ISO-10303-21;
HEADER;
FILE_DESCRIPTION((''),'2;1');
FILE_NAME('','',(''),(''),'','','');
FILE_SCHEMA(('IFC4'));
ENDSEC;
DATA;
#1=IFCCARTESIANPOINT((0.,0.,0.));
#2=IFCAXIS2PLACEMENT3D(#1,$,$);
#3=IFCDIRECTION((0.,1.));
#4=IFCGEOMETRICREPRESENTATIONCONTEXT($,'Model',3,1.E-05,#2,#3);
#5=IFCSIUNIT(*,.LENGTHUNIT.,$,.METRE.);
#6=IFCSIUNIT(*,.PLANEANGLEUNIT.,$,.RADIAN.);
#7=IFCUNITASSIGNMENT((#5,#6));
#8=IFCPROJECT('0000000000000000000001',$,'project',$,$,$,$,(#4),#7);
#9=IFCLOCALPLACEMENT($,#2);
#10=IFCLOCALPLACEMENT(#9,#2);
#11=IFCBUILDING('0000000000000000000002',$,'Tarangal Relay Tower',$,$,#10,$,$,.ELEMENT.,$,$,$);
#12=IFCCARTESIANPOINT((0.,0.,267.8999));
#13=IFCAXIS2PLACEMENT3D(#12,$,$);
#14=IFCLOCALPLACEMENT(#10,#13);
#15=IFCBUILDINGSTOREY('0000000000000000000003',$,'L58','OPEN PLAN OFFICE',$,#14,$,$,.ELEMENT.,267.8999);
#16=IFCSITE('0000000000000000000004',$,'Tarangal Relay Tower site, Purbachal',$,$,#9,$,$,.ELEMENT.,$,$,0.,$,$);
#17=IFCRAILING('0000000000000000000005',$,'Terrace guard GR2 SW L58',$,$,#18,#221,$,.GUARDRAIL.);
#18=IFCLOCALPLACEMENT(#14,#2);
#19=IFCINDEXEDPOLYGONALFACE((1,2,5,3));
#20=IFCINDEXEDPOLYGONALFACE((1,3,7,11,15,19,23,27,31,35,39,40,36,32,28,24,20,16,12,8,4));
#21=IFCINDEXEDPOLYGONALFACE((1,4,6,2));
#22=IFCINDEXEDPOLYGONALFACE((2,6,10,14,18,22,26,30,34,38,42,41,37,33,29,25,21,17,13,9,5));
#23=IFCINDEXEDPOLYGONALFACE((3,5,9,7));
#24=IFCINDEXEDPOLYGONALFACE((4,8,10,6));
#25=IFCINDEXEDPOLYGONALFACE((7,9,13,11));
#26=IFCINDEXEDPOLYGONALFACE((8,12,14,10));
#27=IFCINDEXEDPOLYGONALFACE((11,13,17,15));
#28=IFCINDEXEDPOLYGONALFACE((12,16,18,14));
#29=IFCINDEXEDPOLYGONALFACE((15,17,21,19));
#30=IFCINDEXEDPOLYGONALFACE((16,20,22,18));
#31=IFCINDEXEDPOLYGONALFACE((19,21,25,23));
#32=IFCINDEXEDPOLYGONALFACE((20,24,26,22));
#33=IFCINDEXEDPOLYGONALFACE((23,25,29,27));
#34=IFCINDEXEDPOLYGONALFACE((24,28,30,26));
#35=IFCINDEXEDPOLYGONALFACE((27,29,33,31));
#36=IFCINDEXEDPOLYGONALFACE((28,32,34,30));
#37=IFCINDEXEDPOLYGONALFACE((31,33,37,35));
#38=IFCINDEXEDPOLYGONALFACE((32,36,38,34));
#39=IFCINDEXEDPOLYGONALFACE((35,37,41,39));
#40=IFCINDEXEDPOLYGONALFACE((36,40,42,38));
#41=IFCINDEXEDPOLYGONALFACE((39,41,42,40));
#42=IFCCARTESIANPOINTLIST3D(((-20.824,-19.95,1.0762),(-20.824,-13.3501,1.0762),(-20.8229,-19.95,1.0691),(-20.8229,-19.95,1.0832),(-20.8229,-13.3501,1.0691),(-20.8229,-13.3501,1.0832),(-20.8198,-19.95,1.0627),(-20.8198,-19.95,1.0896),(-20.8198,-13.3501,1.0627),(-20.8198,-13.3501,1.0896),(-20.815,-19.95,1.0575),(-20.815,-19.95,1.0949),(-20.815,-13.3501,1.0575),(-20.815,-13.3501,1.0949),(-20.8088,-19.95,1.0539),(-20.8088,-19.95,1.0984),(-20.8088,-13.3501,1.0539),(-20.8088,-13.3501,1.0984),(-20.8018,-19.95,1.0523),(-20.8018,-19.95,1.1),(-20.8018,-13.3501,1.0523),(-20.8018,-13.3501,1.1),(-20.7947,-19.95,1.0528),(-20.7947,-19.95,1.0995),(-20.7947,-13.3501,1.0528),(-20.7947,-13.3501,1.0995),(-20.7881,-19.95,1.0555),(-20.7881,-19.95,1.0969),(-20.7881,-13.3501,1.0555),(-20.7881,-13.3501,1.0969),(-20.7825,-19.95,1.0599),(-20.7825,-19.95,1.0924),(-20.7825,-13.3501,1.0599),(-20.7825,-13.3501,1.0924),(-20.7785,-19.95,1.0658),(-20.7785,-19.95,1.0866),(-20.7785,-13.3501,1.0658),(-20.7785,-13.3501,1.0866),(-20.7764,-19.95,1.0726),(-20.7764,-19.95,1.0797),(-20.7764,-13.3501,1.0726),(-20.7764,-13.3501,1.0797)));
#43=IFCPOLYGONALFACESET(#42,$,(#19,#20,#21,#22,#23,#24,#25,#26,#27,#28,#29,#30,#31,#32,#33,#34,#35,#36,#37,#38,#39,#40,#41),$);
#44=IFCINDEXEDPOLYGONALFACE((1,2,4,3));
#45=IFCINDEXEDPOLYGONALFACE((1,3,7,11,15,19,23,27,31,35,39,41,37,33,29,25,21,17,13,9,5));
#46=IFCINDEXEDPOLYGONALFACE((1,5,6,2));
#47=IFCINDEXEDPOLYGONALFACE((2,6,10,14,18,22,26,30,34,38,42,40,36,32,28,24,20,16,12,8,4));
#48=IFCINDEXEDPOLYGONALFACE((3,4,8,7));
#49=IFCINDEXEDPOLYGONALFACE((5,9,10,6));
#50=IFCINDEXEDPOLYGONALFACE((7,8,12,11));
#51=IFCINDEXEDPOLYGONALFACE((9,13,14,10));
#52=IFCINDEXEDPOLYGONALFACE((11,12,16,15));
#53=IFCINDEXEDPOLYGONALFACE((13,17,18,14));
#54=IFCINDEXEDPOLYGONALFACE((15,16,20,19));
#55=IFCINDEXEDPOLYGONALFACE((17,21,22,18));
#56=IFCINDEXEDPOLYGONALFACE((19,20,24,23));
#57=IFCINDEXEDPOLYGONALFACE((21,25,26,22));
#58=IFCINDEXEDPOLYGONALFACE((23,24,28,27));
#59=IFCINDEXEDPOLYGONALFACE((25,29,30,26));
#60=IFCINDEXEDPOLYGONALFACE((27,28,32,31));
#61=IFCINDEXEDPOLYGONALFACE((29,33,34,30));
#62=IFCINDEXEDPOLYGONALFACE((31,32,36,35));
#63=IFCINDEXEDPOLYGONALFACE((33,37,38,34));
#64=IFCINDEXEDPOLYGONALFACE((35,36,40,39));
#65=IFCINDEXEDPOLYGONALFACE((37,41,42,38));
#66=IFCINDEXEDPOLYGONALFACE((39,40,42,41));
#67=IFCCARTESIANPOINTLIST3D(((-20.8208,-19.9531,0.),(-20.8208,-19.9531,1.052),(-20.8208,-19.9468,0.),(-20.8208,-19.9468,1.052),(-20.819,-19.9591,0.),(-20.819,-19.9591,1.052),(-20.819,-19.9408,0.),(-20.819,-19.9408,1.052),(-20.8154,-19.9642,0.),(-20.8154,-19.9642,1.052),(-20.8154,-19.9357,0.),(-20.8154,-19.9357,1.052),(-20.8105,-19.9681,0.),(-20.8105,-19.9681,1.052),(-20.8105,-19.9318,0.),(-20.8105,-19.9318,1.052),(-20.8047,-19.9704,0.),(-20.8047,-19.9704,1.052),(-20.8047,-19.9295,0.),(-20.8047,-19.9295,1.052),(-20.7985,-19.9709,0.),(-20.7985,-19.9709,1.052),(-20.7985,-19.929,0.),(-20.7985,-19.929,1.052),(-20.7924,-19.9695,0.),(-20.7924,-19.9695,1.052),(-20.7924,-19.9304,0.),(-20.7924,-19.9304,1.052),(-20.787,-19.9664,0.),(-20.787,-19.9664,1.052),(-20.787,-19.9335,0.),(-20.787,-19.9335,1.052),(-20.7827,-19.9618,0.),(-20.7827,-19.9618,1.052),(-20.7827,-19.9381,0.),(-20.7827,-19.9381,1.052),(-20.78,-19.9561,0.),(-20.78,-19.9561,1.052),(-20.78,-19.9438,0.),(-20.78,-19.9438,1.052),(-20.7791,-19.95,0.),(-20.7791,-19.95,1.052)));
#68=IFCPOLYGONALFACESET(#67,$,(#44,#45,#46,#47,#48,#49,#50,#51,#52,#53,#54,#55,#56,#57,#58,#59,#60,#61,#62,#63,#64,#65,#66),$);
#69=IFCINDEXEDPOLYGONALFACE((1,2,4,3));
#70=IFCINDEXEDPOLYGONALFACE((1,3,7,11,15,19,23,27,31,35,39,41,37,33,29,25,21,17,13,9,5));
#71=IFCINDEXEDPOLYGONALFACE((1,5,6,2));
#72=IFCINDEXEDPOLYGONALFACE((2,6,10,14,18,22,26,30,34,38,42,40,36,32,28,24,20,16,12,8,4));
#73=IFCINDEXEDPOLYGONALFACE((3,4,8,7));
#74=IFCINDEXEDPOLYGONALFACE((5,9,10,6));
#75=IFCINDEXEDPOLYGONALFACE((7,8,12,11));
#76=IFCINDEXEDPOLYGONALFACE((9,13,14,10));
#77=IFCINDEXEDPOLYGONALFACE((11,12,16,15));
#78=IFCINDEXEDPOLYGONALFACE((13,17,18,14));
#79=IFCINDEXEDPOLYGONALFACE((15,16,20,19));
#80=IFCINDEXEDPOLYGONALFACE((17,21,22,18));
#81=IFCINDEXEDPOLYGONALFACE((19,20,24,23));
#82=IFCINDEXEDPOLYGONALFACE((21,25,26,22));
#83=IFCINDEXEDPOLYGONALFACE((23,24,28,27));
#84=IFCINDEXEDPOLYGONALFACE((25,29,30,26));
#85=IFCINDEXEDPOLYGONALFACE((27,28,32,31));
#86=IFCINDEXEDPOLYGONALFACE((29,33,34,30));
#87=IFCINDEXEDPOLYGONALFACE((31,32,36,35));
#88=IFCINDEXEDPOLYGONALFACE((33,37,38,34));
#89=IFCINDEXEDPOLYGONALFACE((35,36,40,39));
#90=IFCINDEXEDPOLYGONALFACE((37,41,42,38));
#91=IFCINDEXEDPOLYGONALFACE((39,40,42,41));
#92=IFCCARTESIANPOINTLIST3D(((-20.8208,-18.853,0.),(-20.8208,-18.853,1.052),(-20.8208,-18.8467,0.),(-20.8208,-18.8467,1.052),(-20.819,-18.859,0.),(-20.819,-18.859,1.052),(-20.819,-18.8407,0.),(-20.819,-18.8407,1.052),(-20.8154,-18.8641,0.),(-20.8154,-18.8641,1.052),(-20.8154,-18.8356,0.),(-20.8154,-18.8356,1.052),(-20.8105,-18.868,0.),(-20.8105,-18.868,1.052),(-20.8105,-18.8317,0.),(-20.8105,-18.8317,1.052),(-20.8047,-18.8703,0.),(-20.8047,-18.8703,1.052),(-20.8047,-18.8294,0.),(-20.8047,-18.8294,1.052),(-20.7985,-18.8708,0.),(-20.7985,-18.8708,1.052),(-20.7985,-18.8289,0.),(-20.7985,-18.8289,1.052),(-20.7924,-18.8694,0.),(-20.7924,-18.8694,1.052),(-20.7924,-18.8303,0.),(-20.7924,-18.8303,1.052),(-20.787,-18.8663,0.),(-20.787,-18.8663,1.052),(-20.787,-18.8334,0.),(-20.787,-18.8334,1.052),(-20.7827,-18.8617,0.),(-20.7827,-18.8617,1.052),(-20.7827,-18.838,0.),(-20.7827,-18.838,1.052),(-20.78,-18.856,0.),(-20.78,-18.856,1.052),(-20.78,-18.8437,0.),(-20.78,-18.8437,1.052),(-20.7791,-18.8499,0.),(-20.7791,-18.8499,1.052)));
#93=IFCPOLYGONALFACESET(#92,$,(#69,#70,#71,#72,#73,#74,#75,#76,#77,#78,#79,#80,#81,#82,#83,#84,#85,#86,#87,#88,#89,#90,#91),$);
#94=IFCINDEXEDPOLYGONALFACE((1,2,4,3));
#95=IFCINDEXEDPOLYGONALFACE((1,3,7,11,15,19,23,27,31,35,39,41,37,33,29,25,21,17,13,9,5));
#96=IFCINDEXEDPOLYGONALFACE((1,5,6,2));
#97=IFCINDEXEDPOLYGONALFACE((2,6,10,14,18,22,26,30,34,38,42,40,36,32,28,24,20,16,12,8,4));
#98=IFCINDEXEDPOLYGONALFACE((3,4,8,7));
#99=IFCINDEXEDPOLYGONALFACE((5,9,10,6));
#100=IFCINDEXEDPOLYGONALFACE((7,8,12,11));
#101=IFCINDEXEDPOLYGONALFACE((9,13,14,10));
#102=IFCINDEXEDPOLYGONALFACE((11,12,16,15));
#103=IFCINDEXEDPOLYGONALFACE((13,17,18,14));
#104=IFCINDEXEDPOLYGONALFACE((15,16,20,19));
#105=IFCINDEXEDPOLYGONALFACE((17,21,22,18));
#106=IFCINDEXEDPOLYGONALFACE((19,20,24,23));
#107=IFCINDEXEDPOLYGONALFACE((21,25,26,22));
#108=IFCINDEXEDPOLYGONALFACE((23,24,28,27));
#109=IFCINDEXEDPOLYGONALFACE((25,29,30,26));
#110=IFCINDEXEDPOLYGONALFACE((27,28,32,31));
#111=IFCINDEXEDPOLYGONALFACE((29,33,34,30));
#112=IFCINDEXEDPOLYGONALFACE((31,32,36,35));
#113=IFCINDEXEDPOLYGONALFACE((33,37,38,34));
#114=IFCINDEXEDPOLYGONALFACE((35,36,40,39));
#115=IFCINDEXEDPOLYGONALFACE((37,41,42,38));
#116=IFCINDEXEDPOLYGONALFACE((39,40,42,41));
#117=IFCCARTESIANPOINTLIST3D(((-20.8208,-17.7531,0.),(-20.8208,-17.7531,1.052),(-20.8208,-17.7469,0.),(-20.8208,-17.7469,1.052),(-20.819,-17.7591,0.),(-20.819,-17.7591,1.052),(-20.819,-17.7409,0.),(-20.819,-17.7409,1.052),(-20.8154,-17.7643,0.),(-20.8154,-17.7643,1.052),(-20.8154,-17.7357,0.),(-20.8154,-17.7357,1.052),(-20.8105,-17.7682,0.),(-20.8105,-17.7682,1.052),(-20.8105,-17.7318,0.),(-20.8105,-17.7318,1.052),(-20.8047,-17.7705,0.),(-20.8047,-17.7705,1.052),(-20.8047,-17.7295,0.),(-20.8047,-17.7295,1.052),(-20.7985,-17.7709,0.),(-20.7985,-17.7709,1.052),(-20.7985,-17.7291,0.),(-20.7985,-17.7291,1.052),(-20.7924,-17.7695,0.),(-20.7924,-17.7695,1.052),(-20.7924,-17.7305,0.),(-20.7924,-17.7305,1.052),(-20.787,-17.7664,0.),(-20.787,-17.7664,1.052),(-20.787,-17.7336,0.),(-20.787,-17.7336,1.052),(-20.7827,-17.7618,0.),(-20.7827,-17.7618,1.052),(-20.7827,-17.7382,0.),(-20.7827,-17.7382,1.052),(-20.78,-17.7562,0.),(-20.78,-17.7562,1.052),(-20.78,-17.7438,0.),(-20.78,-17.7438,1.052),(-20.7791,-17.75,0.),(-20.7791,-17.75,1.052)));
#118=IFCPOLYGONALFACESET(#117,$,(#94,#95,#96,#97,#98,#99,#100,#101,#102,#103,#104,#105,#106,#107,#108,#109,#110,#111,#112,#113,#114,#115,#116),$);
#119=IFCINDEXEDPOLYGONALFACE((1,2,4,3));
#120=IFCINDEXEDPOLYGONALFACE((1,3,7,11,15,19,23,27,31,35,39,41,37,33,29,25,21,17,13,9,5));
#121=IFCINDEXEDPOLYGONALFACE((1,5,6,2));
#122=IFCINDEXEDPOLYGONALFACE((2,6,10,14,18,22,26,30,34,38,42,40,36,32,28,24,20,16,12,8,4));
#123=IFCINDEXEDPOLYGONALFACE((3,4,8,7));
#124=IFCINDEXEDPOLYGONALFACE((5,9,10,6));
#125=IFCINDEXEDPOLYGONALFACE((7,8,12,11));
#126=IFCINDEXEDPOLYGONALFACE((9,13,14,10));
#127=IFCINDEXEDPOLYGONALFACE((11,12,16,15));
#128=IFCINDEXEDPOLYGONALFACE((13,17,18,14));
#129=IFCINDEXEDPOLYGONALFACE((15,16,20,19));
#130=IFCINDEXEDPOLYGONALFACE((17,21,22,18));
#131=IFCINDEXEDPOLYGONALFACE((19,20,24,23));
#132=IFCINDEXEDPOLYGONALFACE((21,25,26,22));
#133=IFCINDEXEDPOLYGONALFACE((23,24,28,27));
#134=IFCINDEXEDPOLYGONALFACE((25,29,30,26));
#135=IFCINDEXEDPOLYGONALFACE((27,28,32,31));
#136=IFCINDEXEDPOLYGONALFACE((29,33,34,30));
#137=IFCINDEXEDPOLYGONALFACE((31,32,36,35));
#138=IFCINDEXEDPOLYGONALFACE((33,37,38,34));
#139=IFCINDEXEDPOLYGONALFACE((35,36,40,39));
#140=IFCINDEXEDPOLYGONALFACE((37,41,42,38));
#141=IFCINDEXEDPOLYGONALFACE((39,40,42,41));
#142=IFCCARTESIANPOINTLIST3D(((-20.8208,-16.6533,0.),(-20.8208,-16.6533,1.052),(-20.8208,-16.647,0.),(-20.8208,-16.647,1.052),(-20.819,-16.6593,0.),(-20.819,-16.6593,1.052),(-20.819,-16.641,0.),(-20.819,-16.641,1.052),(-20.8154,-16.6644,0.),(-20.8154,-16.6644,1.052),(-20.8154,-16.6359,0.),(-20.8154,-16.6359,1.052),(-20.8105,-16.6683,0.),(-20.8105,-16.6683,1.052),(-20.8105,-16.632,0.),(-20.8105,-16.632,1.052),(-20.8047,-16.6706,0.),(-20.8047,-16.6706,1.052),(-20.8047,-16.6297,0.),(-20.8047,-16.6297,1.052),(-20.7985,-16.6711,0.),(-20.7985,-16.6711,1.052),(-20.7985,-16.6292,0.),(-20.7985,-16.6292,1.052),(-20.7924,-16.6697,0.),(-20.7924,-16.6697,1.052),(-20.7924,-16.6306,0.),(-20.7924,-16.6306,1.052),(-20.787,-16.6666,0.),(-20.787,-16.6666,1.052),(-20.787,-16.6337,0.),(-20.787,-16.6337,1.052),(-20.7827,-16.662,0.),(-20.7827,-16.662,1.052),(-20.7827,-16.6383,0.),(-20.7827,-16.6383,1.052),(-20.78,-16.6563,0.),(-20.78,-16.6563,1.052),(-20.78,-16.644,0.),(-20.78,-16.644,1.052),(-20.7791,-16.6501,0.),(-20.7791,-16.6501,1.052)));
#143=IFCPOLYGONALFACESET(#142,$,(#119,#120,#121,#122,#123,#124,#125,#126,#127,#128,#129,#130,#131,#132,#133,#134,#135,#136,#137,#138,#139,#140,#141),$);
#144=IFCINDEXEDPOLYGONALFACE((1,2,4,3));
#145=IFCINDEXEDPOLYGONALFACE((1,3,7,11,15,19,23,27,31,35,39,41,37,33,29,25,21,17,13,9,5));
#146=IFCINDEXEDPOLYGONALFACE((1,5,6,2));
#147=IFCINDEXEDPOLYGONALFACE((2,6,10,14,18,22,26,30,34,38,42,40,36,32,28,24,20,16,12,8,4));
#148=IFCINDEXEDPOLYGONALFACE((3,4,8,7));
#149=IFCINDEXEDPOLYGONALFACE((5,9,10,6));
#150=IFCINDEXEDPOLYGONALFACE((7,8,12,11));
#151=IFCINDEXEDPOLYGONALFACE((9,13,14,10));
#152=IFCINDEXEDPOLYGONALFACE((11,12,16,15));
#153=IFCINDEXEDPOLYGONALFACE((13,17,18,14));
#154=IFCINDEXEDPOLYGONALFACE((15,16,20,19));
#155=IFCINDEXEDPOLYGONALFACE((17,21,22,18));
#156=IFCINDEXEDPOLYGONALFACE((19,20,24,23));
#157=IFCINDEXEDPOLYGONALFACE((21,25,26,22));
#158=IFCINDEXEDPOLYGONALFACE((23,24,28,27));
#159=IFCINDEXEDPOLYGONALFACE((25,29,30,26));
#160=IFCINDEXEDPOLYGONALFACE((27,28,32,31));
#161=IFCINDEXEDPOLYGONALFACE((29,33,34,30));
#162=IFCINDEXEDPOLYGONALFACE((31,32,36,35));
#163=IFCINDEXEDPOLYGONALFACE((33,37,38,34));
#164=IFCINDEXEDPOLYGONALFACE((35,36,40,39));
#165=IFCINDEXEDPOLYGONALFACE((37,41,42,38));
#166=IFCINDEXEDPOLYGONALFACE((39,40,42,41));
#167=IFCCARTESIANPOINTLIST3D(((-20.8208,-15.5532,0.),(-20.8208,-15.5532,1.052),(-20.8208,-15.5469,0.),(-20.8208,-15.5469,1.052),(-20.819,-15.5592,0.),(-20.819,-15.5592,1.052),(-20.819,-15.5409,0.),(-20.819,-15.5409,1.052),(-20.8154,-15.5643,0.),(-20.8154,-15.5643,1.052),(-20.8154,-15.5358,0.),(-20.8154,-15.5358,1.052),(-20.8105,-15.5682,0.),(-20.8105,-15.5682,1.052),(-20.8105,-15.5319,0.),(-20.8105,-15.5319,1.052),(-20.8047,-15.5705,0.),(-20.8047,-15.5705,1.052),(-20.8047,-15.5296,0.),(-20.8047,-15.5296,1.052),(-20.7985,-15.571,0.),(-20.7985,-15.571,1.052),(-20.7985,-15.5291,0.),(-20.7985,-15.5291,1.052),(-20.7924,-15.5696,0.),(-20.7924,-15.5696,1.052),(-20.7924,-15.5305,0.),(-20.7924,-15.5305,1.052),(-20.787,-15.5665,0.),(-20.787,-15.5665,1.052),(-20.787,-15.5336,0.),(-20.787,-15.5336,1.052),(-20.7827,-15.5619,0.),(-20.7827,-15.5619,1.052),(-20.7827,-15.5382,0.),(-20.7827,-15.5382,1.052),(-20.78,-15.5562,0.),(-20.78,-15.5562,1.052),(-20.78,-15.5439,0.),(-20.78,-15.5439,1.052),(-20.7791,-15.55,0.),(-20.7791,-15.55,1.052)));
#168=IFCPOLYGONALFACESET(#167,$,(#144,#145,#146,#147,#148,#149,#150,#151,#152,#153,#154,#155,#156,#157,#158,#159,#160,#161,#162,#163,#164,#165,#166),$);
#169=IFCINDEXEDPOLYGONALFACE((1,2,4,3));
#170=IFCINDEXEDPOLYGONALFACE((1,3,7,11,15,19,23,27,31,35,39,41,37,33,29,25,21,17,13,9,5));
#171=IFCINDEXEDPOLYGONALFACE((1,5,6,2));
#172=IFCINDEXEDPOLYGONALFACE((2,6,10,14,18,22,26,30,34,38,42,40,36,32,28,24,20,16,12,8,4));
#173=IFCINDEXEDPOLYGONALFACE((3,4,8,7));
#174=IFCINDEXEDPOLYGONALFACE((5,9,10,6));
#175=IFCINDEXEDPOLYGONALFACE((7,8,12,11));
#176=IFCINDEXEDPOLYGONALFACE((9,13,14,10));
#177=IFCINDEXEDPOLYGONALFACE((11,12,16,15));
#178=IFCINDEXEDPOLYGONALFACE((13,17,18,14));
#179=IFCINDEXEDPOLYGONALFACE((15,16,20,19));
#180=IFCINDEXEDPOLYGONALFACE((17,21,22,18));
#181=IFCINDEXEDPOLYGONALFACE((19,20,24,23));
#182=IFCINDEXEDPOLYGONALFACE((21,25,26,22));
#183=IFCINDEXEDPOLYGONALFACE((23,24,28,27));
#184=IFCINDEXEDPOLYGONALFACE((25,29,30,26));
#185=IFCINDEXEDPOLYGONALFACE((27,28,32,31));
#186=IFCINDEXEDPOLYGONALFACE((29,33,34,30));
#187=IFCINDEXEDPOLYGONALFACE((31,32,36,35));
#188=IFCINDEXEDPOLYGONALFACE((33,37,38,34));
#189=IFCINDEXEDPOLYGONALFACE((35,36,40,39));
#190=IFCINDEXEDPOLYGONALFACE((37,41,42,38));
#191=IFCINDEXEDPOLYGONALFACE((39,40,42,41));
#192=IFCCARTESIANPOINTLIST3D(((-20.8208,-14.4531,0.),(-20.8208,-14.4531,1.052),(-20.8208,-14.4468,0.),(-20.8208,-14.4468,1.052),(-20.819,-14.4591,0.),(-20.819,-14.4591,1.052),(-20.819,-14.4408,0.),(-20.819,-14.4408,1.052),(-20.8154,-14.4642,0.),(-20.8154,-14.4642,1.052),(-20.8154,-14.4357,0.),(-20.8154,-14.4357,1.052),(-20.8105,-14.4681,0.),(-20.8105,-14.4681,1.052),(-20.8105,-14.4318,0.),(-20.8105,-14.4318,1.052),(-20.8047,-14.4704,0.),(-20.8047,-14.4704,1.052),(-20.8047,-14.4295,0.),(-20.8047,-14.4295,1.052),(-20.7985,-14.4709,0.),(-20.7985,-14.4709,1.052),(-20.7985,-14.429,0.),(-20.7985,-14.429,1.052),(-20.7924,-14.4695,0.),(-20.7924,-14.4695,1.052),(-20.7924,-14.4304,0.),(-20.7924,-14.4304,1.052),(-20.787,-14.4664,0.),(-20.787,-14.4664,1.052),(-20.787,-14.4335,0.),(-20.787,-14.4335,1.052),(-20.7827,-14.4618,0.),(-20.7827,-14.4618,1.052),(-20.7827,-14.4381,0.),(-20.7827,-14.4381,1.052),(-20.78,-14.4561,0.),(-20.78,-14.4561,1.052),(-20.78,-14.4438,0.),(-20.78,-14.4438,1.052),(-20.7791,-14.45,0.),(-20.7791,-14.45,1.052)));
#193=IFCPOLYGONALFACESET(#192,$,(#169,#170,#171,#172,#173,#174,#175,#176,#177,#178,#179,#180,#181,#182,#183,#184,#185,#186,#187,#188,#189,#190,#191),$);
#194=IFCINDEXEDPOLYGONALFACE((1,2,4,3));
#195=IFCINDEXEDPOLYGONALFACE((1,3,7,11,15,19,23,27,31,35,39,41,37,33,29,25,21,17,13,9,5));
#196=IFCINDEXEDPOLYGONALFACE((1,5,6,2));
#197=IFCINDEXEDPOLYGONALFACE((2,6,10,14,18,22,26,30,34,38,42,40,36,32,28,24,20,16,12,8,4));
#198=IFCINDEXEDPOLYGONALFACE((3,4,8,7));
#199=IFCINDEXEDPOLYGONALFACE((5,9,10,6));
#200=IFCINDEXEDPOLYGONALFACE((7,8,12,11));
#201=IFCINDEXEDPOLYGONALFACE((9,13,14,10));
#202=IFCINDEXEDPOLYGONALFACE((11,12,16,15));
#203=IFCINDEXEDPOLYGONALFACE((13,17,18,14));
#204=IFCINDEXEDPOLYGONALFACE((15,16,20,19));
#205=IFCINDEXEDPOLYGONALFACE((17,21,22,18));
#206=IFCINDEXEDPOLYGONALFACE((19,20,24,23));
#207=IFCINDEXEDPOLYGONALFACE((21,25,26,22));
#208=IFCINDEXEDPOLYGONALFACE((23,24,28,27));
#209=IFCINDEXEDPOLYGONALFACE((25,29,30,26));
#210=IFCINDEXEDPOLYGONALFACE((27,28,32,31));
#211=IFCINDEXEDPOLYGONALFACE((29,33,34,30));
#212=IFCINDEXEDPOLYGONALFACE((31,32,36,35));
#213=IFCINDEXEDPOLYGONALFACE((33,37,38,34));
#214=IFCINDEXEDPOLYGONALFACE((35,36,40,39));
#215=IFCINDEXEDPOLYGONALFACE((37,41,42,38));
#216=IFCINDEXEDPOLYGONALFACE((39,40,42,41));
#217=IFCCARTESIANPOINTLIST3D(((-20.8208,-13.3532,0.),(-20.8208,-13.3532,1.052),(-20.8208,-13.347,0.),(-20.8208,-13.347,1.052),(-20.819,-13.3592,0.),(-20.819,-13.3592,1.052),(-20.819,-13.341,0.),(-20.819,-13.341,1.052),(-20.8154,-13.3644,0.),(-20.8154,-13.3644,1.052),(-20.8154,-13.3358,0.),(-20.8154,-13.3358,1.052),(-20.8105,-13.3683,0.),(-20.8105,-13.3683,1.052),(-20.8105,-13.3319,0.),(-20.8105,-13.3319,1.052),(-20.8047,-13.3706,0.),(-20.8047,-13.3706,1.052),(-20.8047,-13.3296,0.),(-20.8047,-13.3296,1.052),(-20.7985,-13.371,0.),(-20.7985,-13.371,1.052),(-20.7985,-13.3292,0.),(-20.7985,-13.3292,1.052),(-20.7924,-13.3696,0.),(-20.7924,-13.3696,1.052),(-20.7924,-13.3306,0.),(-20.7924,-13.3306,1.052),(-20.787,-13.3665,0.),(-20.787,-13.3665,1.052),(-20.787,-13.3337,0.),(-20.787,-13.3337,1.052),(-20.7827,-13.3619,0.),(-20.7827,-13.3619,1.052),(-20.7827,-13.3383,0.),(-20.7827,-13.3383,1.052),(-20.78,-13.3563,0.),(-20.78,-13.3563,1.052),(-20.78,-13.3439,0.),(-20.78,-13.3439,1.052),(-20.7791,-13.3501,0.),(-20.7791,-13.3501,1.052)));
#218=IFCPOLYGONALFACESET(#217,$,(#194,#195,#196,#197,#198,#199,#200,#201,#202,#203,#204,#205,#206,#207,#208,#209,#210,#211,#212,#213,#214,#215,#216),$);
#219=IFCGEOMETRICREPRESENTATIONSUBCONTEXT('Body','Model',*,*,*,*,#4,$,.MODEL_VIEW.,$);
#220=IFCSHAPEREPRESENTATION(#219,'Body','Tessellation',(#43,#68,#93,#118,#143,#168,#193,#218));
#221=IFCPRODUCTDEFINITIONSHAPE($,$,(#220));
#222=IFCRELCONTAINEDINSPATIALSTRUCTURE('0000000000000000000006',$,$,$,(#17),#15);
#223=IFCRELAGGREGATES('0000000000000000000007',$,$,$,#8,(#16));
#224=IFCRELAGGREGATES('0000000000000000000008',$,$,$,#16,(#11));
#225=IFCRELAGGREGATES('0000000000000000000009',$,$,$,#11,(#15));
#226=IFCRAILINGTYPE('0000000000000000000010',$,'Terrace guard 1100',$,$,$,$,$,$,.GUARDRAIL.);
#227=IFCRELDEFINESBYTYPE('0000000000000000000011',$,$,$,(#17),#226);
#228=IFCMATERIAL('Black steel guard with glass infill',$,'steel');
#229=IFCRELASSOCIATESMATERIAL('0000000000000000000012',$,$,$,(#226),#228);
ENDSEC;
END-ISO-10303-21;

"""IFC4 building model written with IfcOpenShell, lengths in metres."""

from ifc_helpers import new_model, si_unit, direction, frame, origin, origin_2d, place, context, subcontext, project, spatial, circle, extrude, material, type_object, element, save


model = new_model("IFC4")

# Units and contexts
model_context = context("Model", 3, precision=1e-05, world=origin(), true_north=direction((0.0, 1.0)))
body_context = subcontext(model_context, "Body", "Model", "MODEL_VIEW")
ifc_project = project(units=[si_unit("LENGTHUNIT", "METRE"), si_unit("PLANEANGLEUNIT", "RADIAN")], contexts=[model_context])

# Site, building, storey
site_placement = place(None, origin())
site = spatial("IfcSite", under=ifc_project, at=site_placement, Name="Tarangal Relay Tower site, Purbachal", CompositionType="ELEMENT", RefElevation=0.0)
building_placement = place(site_placement, origin())
building = spatial("IfcBuilding", under=site, at=building_placement, Name="Tarangal Relay Tower", CompositionType="ELEMENT")
storey_placement = place(building_placement, frame((0.0, 0.0, 267.8999)))
storey = spatial("IfcBuildingStorey", under=building, at=storey_placement, Name="L58", Description="OPEN PLAN OFFICE", CompositionType="ELEMENT", Elevation=267.8999)

# Railing
ifc_material_1 = material(Name="Black steel guard with glass infill", Category="steel")
railing_type = type_object("IfcRailingType", Name="Terrace guard 1100", PredefinedType="GUARDRAIL", material=ifc_material_1)
railing_1_placement = place(storey_placement, frame((-20.8, -19.95, 0.0)))
element("IfcRailing", 1, at=railing_1_placement, inside=storey, type_object=railing_type, Name="Terrace guard GR2 SW L58", PredefinedType="GUARDRAIL", context=body_context, shape_type="SweptSolid", body=[
    extrude(circle(Radius=0.0239, at=origin_2d()), frame((0.0, 0.0, 1.0762), z_axis=(0.0, 1.0, 0.0), x_axis=(-1.0, 0.0, 0.0)), (0.0, 0.0, 1.0), 6.5999),
    extrude(circle(Radius=0.021, at=origin_2d()), origin(), (0.0, 0.0, 1.0), 1.052),
    extrude(circle(Radius=0.021, at=origin_2d()), frame((0.0, 1.1001, 0.0)), (0.0, 0.0, 1.0), 1.052),
    extrude(circle(Radius=0.021, at=origin_2d()), frame((0.0, 2.2, 0.0)), (0.0, 0.0, 1.0), 1.052),
    extrude(circle(Radius=0.021, at=origin_2d()), frame((0.0, 3.2998, 0.0)), (0.0, 0.0, 1.0), 1.052),
    extrude(circle(Radius=0.021, at=origin_2d()), frame((0.0, 4.3999, 0.0)), (0.0, 0.0, 1.0), 1.052),
    extrude(circle(Radius=0.021, at=origin_2d()), frame((0.0, 5.5, 0.0)), (0.0, 0.0, 1.0), 1.052),
    extrude(circle(Radius=0.021, at=origin_2d()), frame((0.0, 6.5999, 0.0)), (0.0, 0.0, 1.0), 1.052),
])

save(model, "model.ifc")
